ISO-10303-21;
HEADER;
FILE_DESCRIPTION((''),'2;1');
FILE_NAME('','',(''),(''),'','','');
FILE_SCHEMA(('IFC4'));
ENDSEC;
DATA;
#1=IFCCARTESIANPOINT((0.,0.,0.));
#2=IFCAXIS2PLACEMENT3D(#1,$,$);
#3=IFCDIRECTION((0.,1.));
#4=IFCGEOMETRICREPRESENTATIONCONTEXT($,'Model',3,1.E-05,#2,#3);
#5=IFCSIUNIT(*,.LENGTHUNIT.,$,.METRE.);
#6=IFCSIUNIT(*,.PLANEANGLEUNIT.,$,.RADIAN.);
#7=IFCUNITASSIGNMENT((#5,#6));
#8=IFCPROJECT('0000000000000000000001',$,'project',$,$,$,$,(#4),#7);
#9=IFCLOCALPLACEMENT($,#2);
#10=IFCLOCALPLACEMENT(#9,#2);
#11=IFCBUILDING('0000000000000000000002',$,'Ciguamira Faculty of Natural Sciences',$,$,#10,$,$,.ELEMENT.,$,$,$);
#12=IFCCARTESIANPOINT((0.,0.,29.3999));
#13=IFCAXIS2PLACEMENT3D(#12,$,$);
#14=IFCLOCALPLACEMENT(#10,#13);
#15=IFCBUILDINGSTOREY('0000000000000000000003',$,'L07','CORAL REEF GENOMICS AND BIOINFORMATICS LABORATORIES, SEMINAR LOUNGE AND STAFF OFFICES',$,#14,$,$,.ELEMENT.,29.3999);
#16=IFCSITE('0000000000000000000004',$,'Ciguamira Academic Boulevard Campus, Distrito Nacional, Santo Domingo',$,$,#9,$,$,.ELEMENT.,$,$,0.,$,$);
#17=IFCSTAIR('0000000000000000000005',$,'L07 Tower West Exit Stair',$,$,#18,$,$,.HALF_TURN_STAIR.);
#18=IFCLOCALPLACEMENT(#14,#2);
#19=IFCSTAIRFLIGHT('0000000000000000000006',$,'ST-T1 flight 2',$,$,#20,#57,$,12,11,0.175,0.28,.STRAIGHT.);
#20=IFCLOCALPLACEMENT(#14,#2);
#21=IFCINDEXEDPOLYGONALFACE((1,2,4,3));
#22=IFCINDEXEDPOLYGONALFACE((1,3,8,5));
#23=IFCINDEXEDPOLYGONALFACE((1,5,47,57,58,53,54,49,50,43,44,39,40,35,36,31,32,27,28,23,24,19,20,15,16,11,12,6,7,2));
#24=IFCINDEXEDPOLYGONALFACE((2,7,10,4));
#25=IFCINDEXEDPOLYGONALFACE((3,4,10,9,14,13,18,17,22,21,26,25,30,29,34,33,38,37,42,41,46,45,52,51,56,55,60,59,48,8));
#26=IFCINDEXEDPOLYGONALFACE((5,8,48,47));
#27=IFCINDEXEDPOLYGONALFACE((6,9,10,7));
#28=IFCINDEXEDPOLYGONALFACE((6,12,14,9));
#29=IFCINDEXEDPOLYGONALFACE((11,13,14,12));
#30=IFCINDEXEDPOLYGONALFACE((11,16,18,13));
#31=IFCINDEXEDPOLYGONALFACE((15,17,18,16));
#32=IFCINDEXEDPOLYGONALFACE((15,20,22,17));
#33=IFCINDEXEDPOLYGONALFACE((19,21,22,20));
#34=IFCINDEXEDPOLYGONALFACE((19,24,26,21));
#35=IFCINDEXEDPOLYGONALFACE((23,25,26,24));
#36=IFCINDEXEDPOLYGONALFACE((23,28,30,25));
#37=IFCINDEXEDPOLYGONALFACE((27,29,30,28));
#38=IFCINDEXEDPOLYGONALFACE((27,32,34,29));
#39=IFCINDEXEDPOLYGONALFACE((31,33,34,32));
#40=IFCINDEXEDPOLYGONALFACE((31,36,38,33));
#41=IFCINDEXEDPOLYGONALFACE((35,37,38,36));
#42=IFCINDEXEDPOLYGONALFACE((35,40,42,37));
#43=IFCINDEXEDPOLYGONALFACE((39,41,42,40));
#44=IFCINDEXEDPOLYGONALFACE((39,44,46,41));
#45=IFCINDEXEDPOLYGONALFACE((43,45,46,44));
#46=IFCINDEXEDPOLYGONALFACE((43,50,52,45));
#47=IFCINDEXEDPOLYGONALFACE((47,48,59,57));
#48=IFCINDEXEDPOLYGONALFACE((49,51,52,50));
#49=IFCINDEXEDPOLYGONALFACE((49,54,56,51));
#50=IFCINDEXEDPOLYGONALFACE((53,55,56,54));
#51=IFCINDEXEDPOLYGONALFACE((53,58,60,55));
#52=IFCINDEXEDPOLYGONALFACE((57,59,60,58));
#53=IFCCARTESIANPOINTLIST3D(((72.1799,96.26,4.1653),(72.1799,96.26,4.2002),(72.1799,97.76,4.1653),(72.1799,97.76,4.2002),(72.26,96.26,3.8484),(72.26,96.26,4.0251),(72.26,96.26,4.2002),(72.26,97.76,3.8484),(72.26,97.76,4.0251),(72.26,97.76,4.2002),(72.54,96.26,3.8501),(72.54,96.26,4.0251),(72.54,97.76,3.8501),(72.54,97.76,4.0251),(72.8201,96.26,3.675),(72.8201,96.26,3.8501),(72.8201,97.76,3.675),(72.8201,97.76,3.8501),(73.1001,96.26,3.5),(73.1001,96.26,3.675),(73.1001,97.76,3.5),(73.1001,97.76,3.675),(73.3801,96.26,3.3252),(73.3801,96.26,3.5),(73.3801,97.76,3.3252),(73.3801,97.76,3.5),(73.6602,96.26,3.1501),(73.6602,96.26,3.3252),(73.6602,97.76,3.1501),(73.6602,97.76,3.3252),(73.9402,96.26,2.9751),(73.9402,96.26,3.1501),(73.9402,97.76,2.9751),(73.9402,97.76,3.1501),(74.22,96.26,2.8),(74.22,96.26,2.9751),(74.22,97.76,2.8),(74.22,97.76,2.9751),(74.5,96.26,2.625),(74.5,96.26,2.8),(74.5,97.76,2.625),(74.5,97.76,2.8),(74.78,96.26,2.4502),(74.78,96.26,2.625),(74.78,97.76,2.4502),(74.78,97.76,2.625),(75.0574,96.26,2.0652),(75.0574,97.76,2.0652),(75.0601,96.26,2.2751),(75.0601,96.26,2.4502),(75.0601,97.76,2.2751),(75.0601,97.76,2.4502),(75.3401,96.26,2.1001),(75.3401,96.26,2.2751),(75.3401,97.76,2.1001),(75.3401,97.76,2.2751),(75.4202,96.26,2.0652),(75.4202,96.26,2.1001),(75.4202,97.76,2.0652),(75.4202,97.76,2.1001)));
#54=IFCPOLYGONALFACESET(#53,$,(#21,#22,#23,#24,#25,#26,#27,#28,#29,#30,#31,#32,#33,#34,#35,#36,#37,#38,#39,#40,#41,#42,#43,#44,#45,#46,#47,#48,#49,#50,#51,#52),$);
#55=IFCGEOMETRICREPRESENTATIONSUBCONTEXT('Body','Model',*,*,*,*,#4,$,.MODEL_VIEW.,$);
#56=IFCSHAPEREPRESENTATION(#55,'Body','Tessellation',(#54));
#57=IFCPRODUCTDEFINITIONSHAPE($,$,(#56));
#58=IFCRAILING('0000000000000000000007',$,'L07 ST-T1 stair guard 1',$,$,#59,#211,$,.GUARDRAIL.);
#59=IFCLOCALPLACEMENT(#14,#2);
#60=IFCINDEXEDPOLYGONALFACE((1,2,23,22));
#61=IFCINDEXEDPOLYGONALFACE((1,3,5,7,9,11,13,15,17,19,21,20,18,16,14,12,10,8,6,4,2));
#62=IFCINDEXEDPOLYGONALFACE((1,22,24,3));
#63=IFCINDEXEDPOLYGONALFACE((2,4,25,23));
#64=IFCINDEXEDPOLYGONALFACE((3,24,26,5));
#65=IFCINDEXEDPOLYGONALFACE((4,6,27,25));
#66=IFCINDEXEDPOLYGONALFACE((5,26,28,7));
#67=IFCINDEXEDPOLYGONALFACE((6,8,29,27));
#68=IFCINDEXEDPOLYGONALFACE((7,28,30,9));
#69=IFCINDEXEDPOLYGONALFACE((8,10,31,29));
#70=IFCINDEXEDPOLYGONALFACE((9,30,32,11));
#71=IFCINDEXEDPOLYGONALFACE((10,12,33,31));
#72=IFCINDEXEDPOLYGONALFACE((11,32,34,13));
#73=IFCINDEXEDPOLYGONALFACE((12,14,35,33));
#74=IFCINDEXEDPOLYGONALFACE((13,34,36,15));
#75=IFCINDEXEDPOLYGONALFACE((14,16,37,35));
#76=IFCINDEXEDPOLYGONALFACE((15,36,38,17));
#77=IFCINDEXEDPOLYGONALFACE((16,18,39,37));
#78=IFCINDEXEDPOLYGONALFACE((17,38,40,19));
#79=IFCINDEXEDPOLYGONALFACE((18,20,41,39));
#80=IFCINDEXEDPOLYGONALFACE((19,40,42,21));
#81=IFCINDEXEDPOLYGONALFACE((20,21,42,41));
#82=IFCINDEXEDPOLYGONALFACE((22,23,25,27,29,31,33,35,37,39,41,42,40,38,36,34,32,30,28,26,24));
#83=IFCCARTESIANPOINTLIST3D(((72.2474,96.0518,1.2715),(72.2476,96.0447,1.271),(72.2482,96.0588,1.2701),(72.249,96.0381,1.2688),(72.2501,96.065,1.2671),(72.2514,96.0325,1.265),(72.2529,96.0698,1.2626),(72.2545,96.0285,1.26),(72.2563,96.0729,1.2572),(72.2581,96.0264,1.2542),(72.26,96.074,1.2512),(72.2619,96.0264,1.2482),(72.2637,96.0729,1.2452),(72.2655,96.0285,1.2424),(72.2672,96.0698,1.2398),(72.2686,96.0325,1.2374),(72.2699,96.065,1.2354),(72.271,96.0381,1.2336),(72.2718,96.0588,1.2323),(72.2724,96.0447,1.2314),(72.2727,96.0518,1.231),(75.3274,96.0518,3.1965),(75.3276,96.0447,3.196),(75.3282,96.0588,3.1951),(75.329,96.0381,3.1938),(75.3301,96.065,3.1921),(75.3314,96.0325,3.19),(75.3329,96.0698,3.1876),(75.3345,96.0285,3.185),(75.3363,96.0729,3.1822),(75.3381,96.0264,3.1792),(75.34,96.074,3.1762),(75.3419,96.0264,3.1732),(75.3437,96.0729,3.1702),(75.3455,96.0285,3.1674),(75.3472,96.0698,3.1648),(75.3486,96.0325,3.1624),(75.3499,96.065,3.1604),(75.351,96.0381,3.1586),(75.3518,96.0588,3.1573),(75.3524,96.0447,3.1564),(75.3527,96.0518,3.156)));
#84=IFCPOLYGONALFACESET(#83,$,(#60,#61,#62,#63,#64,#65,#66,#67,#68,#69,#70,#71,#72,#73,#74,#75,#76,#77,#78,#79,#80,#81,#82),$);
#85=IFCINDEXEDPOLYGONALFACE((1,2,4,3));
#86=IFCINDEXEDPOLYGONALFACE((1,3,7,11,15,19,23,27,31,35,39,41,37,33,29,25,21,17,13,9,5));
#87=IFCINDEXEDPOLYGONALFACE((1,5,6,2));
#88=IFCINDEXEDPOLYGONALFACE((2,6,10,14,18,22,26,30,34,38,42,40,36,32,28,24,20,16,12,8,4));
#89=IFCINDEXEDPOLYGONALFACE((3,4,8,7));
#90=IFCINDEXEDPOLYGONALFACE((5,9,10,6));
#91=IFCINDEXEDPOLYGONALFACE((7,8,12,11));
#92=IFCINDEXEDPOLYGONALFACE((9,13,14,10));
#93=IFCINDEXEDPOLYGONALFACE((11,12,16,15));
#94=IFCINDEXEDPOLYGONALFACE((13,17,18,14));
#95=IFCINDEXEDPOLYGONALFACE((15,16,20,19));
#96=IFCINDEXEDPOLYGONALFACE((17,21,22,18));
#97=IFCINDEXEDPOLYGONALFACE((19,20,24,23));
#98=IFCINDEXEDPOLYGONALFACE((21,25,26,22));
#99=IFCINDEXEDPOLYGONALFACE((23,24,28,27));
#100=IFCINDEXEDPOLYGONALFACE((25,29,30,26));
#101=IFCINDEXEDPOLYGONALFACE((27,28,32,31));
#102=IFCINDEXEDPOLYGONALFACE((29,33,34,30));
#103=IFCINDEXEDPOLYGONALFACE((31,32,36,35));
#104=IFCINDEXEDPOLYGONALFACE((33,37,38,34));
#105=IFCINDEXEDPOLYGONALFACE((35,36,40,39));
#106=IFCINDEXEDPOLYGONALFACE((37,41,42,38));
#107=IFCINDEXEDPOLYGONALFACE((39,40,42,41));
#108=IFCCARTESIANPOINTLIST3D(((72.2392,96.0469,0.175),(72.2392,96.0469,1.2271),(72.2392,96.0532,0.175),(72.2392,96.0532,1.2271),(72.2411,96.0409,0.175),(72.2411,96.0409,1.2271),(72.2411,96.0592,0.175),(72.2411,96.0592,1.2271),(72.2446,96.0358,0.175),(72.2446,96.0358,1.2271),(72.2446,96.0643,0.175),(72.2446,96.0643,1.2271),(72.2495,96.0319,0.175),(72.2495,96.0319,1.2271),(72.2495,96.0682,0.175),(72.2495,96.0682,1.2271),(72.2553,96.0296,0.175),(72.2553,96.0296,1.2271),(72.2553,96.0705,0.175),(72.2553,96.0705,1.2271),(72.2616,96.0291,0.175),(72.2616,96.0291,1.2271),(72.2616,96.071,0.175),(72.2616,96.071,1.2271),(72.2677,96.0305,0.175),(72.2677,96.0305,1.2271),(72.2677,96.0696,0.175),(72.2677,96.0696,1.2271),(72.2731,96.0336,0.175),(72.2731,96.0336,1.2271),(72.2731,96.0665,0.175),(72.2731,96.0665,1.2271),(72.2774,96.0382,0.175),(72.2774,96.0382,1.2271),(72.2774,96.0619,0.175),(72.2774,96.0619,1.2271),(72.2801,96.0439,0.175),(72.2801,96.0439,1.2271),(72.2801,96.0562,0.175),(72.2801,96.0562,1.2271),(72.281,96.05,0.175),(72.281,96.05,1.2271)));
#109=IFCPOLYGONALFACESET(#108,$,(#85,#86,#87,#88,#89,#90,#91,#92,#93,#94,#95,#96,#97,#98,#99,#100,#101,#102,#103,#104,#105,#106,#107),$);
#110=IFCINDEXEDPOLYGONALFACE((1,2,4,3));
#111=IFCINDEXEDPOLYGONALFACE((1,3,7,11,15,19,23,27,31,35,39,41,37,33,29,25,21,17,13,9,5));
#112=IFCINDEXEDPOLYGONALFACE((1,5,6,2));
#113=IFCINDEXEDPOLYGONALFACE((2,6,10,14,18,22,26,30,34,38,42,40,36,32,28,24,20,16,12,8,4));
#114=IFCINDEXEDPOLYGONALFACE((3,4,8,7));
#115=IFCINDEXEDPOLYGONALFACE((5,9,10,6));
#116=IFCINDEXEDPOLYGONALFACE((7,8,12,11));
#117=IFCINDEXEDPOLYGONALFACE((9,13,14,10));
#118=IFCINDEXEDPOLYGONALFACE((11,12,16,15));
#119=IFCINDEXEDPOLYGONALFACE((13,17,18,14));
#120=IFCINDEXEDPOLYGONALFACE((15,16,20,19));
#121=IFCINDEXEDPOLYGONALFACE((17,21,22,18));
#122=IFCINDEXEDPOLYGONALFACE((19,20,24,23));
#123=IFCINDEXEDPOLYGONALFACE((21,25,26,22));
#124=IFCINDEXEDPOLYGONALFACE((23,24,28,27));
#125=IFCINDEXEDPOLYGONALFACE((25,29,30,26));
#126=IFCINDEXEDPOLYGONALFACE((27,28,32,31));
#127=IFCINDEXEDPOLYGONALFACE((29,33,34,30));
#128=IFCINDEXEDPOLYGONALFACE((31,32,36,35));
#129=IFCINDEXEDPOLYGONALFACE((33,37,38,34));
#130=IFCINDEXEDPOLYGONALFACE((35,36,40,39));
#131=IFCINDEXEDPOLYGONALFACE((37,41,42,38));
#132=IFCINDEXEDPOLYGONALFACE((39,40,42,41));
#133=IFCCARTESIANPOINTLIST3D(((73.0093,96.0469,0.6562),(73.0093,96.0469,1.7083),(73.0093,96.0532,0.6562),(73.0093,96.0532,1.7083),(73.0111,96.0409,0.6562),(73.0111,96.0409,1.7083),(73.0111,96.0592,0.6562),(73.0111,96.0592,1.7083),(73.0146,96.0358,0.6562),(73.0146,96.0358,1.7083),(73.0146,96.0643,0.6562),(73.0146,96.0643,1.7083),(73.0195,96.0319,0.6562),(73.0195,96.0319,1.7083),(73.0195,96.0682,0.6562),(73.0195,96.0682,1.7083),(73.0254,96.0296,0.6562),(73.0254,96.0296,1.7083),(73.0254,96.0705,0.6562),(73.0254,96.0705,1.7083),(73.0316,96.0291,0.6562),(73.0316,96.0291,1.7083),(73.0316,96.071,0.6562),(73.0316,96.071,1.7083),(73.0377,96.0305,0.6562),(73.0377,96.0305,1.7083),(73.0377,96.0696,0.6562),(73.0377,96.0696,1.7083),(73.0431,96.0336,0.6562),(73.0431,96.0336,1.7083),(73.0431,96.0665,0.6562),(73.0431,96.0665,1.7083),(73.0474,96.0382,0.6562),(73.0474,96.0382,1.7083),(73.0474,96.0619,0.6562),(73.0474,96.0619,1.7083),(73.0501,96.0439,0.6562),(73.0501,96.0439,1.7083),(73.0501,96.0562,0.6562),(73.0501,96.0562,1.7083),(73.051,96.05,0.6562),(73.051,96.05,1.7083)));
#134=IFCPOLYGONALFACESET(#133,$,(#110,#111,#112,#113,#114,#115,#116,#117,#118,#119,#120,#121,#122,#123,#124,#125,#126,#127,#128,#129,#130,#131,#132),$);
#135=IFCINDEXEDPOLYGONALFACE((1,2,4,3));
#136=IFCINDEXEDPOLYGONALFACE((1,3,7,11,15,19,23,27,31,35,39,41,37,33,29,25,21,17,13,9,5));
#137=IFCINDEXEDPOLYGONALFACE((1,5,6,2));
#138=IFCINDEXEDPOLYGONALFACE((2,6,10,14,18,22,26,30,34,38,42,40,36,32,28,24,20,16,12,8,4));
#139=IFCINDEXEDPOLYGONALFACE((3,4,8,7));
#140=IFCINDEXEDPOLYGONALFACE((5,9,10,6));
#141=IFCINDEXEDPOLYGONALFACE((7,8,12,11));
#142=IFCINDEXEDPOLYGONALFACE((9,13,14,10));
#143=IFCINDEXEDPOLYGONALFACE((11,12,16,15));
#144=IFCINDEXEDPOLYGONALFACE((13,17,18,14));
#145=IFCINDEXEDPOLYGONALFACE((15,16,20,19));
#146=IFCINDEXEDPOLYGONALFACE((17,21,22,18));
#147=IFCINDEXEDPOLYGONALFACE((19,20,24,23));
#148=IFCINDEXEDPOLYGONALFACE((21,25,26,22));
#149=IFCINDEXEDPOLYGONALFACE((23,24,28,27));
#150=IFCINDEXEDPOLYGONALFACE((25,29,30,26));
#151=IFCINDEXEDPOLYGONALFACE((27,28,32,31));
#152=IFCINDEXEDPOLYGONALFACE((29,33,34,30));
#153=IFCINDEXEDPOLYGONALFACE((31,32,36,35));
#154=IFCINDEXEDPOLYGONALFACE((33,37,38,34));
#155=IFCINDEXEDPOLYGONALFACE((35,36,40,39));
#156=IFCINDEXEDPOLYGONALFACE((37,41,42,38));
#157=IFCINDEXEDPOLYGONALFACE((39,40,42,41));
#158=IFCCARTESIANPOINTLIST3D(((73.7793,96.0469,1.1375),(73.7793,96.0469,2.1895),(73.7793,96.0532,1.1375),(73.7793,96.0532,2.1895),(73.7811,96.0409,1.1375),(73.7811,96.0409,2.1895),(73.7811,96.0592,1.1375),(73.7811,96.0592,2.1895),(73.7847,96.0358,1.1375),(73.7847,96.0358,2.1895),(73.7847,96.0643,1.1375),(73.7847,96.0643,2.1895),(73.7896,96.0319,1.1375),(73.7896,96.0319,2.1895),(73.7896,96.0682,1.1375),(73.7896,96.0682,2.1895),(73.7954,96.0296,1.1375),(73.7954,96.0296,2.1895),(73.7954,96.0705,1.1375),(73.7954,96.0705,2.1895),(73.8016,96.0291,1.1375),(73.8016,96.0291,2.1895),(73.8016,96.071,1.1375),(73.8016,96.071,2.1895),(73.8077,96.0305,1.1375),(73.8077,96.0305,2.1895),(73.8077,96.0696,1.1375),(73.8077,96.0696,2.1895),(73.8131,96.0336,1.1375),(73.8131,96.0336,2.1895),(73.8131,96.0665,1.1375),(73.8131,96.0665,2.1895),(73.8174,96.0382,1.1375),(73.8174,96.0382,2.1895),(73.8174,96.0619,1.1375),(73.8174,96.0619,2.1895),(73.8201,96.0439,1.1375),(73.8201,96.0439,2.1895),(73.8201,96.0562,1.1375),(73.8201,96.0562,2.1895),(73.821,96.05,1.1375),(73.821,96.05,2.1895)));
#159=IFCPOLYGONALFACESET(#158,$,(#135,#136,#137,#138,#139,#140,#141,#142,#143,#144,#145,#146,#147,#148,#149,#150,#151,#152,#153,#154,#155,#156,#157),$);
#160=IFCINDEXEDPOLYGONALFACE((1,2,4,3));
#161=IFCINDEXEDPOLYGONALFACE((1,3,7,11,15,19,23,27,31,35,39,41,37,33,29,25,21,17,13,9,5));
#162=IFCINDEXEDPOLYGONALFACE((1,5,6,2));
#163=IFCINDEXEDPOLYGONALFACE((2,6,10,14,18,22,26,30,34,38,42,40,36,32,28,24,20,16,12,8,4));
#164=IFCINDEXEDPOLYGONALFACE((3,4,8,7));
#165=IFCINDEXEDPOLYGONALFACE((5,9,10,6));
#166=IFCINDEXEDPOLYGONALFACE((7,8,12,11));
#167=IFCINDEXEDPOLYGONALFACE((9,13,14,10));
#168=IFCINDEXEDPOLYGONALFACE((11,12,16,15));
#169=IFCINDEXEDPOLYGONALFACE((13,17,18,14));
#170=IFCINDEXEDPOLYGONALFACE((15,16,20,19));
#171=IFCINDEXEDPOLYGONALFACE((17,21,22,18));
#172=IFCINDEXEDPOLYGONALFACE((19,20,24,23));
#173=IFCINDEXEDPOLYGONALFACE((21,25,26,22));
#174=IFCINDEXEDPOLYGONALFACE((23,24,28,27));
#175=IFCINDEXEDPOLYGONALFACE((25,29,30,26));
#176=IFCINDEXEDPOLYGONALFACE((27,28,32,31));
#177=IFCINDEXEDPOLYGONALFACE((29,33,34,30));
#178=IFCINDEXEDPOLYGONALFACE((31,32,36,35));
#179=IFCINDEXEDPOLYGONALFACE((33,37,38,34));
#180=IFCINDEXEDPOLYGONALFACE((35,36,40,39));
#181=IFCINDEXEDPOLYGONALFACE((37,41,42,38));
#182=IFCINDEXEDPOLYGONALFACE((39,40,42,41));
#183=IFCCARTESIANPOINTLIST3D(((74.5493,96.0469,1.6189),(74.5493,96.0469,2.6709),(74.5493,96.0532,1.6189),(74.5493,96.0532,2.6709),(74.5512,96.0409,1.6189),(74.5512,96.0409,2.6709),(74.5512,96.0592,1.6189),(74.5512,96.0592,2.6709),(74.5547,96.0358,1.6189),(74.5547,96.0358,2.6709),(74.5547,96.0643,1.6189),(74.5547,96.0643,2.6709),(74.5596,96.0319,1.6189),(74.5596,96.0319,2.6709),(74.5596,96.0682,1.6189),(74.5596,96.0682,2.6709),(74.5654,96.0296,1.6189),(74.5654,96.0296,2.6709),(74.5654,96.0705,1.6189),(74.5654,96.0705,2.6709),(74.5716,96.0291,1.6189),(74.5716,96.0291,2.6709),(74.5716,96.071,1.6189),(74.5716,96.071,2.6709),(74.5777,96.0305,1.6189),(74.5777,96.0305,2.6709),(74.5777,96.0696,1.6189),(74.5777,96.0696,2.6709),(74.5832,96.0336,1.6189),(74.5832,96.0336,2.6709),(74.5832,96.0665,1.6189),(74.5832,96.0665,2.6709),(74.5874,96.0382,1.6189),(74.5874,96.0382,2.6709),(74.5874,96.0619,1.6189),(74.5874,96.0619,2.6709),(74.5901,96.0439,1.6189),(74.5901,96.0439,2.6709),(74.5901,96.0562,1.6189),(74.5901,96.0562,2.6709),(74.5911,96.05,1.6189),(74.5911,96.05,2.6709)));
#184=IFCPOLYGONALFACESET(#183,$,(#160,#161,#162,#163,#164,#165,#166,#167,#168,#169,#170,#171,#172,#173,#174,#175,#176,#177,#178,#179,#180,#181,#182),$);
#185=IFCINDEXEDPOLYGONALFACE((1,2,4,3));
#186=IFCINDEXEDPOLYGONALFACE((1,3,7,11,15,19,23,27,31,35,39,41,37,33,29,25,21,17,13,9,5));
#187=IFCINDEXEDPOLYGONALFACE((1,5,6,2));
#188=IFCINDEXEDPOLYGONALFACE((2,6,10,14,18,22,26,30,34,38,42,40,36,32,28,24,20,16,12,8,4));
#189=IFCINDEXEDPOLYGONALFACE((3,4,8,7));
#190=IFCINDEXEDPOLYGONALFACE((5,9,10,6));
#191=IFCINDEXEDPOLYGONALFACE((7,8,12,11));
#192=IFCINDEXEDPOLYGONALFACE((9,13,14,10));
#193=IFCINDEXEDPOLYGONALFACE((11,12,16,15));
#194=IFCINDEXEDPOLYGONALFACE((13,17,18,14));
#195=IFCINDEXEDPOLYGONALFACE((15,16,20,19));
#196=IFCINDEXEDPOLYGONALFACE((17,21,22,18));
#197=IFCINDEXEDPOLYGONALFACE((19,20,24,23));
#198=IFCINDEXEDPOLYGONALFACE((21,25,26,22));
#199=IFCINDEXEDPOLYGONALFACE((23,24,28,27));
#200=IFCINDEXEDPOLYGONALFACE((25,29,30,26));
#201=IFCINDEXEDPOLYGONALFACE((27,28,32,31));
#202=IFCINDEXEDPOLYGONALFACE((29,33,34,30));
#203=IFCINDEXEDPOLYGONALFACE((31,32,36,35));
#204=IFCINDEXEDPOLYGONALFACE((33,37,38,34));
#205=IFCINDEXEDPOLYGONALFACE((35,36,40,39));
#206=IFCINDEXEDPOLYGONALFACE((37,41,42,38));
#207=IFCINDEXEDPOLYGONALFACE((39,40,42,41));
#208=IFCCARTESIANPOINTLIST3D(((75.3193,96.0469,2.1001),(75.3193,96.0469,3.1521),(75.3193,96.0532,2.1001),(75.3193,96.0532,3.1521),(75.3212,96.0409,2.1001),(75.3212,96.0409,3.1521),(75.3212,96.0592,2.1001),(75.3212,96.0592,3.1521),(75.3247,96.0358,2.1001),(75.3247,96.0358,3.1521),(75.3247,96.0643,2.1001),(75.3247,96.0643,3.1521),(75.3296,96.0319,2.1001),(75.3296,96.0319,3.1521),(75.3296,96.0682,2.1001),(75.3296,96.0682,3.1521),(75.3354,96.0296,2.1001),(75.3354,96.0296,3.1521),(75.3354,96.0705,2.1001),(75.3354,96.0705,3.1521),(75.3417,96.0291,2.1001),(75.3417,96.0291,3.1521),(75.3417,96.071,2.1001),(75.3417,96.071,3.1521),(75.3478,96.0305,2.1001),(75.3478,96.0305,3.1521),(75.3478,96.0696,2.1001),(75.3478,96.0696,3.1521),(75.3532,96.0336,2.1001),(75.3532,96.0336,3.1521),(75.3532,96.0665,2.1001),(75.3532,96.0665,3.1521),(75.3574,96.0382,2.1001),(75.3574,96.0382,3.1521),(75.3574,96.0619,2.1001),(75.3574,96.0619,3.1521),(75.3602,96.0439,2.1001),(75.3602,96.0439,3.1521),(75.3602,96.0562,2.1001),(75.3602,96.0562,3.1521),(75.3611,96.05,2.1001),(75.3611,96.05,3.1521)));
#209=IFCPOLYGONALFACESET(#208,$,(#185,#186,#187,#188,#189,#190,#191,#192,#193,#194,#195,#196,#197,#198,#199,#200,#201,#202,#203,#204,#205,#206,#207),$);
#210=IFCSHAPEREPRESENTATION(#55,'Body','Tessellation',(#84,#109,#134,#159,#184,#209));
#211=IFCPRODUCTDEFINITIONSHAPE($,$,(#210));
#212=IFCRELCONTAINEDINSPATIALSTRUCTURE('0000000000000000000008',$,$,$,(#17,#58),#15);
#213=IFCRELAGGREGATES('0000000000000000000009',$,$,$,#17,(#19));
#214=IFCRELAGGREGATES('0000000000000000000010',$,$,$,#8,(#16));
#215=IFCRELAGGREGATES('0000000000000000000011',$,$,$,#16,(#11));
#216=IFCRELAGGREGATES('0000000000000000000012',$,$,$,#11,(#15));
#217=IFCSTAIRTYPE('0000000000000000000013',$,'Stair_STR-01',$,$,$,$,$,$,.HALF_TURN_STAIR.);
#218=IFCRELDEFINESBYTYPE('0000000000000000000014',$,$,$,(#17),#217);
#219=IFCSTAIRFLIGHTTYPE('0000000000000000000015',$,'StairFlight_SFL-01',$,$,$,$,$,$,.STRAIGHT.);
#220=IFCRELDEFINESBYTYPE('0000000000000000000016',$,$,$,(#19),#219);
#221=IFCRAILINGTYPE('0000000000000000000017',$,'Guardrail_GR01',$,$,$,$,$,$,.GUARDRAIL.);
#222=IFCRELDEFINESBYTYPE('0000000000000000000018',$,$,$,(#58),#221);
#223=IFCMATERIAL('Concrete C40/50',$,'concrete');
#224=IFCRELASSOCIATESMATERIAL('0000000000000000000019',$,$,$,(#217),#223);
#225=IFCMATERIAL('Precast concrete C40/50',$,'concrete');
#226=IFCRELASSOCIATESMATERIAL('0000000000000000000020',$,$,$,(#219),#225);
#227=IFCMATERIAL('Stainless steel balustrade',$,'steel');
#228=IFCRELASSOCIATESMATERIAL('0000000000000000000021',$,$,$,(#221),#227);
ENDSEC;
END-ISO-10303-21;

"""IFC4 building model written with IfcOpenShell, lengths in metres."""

from ifc_helpers import new_model, si_unit, direction, frame, origin, origin_2d, place, context, subcontext, project, spatial, polyline, circle, outline, extrude, material, type_object, element, aggregate, save


model = new_model("IFC4")

# Units and contexts
model_context = context("Model", 3, precision=1e-05, world=origin(), true_north=direction((0.0, 1.0)))
body_context = subcontext(model_context, "Body", "Model", "MODEL_VIEW")
ifc_project = project(units=[si_unit("LENGTHUNIT", "METRE"), si_unit("PLANEANGLEUNIT", "RADIAN")], contexts=[model_context])

# Site, building, storey
site_placement = place(None, origin())
site = spatial("IfcSite", under=ifc_project, at=site_placement, Name="Ciguamira Academic Boulevard Campus, Distrito Nacional, Santo Domingo", CompositionType="ELEMENT", RefElevation=0.0)
building_placement = place(site_placement, origin())
building = spatial("IfcBuilding", under=site, at=building_placement, Name="Ciguamira Faculty of Natural Sciences", CompositionType="ELEMENT")
storey_placement = place(building_placement, frame((0.0, 0.0, 29.3999)))
storey = spatial("IfcBuildingStorey", under=building, at=storey_placement, Name="L07", Description="CORAL REEF GENOMICS AND BIOINFORMATICS LABORATORIES, SEMINAR LOUNGE AND STAFF OFFICES", CompositionType="ELEMENT", Elevation=29.3999)

# Shared definitions
ifc_material_1 = material(Name="Concrete C40/50", Category="concrete")

# Shared definitions
ifc_material_2 = material(Name="Precast concrete C40/50", Category="concrete")

# Stair, stair flight
stair_type = type_object("IfcStairType", Name="Stair_STR-01", PredefinedType="HALF_TURN_STAIR", material=ifc_material_1)
stair_placement = place(storey_placement, origin())
stair = element("IfcStair", 1, at=stair_placement, inside=storey, type_object=stair_type, Name="L07 Tower West Exit Stair", PredefinedType="HALF_TURN_STAIR")
stair_flight_type = type_object("IfcStairFlightType", Name="StairFlight_SFL-01", PredefinedType="STRAIGHT", material=ifc_material_2)
stair_flight_1_placement = place(storey_placement, frame((75.3401, 97.01, 2.1001), z_axis=(0.0, 0.0, 1.0), x_axis=(-1.0, 0.0, 0.0)))
stair_flight_1 = element("IfcStairFlight", 2, at=stair_flight_1_placement, type_object=stair_flight_type, Name="ST-T1 flight 2", NumberOfRisers=12, NumberOfTreads=11, PredefinedType="STRAIGHT", RiserHeight=0.175, TreadLength=0.28, context=body_context, shape_type="SweptSolid", body=[
    extrude(outline(polyline([(-0.0801, -0.0349), (-0.0801, 0.0), (0.0, 0.0), (0.0, 0.175), (0.28, 0.175), (0.28, 0.3501), (0.5601, 0.3501), (0.5601, 0.5249), (0.8401, 0.5249), (0.8401, 0.7), (1.1201, 0.7), (1.1201, 0.875), (1.3999, 0.875), (1.3999, 1.05), (1.6799, 1.05), (1.6799, 1.2251), (1.96, 1.2251), (1.96, 1.3999), (2.24, 1.3999), (2.24, 1.575), (2.52, 1.575), (2.52, 1.75), (2.8, 1.75), (2.8, 1.925), (3.0801, 1.925), (3.0801, 2.1001), (3.1602, 2.1001), (3.1602, 2.0652), (3.0801, 1.7483), (0.2827, -0.0349), (-0.0801, -0.0349)])), frame((0.0, 0.75, 0.0), z_axis=(0.0, -1.0, 0.0), x_axis=(1.0, 0.0, 0.0)), (0.0, 0.0, 1.0), 1.5),
])
aggregate(stair, [stair_flight_1])

# Railing
ifc_material_3 = material(Name="Stainless steel balustrade", Category="steel")
railing_type_1 = type_object("IfcRailingType", Name="Guardrail_GR01", PredefinedType="GUARDRAIL", material=ifc_material_3)
railing_1_placement = place(storey_placement, frame((72.26, 96.05, 0.175)))
element("IfcRailing", 3, at=railing_1_placement, inside=storey, type_object=railing_type_1, Name="L07 ST-T1 stair guard 1", PredefinedType="GUARDRAIL", context=body_context, shape_type="SweptSolid", body=[
    extrude(circle(Radius=0.0239, at=origin_2d()), frame((0.0, 0.0, 1.0762), z_axis=(0.847998, 0.0, 0.529999), x_axis=(0.0, 1.0, 0.0)), (0.0, 0.0, 1.0), 3.6321),
    extrude(circle(Radius=0.021, at=origin_2d()), origin(), (0.0, 0.0, 1.0), 1.052),
    extrude(circle(Radius=0.021, at=origin_2d()), frame((0.77, 0.0, 0.4812)), (0.0, 0.0, 1.0), 1.052),
    extrude(circle(Radius=0.021, at=origin_2d()), frame((1.54, 0.0, 0.9624)), (0.0, 0.0, 1.0), 1.052),
    extrude(circle(Radius=0.021, at=origin_2d()), frame((2.3101, 0.0, 1.4438)), (0.0, 0.0, 1.0), 1.052),
    extrude(circle(Radius=0.021, at=origin_2d()), frame((3.0801, 0.0, 1.925)), (0.0, 0.0, 1.0), 1.052),
])

save(model, "model.ifc")
